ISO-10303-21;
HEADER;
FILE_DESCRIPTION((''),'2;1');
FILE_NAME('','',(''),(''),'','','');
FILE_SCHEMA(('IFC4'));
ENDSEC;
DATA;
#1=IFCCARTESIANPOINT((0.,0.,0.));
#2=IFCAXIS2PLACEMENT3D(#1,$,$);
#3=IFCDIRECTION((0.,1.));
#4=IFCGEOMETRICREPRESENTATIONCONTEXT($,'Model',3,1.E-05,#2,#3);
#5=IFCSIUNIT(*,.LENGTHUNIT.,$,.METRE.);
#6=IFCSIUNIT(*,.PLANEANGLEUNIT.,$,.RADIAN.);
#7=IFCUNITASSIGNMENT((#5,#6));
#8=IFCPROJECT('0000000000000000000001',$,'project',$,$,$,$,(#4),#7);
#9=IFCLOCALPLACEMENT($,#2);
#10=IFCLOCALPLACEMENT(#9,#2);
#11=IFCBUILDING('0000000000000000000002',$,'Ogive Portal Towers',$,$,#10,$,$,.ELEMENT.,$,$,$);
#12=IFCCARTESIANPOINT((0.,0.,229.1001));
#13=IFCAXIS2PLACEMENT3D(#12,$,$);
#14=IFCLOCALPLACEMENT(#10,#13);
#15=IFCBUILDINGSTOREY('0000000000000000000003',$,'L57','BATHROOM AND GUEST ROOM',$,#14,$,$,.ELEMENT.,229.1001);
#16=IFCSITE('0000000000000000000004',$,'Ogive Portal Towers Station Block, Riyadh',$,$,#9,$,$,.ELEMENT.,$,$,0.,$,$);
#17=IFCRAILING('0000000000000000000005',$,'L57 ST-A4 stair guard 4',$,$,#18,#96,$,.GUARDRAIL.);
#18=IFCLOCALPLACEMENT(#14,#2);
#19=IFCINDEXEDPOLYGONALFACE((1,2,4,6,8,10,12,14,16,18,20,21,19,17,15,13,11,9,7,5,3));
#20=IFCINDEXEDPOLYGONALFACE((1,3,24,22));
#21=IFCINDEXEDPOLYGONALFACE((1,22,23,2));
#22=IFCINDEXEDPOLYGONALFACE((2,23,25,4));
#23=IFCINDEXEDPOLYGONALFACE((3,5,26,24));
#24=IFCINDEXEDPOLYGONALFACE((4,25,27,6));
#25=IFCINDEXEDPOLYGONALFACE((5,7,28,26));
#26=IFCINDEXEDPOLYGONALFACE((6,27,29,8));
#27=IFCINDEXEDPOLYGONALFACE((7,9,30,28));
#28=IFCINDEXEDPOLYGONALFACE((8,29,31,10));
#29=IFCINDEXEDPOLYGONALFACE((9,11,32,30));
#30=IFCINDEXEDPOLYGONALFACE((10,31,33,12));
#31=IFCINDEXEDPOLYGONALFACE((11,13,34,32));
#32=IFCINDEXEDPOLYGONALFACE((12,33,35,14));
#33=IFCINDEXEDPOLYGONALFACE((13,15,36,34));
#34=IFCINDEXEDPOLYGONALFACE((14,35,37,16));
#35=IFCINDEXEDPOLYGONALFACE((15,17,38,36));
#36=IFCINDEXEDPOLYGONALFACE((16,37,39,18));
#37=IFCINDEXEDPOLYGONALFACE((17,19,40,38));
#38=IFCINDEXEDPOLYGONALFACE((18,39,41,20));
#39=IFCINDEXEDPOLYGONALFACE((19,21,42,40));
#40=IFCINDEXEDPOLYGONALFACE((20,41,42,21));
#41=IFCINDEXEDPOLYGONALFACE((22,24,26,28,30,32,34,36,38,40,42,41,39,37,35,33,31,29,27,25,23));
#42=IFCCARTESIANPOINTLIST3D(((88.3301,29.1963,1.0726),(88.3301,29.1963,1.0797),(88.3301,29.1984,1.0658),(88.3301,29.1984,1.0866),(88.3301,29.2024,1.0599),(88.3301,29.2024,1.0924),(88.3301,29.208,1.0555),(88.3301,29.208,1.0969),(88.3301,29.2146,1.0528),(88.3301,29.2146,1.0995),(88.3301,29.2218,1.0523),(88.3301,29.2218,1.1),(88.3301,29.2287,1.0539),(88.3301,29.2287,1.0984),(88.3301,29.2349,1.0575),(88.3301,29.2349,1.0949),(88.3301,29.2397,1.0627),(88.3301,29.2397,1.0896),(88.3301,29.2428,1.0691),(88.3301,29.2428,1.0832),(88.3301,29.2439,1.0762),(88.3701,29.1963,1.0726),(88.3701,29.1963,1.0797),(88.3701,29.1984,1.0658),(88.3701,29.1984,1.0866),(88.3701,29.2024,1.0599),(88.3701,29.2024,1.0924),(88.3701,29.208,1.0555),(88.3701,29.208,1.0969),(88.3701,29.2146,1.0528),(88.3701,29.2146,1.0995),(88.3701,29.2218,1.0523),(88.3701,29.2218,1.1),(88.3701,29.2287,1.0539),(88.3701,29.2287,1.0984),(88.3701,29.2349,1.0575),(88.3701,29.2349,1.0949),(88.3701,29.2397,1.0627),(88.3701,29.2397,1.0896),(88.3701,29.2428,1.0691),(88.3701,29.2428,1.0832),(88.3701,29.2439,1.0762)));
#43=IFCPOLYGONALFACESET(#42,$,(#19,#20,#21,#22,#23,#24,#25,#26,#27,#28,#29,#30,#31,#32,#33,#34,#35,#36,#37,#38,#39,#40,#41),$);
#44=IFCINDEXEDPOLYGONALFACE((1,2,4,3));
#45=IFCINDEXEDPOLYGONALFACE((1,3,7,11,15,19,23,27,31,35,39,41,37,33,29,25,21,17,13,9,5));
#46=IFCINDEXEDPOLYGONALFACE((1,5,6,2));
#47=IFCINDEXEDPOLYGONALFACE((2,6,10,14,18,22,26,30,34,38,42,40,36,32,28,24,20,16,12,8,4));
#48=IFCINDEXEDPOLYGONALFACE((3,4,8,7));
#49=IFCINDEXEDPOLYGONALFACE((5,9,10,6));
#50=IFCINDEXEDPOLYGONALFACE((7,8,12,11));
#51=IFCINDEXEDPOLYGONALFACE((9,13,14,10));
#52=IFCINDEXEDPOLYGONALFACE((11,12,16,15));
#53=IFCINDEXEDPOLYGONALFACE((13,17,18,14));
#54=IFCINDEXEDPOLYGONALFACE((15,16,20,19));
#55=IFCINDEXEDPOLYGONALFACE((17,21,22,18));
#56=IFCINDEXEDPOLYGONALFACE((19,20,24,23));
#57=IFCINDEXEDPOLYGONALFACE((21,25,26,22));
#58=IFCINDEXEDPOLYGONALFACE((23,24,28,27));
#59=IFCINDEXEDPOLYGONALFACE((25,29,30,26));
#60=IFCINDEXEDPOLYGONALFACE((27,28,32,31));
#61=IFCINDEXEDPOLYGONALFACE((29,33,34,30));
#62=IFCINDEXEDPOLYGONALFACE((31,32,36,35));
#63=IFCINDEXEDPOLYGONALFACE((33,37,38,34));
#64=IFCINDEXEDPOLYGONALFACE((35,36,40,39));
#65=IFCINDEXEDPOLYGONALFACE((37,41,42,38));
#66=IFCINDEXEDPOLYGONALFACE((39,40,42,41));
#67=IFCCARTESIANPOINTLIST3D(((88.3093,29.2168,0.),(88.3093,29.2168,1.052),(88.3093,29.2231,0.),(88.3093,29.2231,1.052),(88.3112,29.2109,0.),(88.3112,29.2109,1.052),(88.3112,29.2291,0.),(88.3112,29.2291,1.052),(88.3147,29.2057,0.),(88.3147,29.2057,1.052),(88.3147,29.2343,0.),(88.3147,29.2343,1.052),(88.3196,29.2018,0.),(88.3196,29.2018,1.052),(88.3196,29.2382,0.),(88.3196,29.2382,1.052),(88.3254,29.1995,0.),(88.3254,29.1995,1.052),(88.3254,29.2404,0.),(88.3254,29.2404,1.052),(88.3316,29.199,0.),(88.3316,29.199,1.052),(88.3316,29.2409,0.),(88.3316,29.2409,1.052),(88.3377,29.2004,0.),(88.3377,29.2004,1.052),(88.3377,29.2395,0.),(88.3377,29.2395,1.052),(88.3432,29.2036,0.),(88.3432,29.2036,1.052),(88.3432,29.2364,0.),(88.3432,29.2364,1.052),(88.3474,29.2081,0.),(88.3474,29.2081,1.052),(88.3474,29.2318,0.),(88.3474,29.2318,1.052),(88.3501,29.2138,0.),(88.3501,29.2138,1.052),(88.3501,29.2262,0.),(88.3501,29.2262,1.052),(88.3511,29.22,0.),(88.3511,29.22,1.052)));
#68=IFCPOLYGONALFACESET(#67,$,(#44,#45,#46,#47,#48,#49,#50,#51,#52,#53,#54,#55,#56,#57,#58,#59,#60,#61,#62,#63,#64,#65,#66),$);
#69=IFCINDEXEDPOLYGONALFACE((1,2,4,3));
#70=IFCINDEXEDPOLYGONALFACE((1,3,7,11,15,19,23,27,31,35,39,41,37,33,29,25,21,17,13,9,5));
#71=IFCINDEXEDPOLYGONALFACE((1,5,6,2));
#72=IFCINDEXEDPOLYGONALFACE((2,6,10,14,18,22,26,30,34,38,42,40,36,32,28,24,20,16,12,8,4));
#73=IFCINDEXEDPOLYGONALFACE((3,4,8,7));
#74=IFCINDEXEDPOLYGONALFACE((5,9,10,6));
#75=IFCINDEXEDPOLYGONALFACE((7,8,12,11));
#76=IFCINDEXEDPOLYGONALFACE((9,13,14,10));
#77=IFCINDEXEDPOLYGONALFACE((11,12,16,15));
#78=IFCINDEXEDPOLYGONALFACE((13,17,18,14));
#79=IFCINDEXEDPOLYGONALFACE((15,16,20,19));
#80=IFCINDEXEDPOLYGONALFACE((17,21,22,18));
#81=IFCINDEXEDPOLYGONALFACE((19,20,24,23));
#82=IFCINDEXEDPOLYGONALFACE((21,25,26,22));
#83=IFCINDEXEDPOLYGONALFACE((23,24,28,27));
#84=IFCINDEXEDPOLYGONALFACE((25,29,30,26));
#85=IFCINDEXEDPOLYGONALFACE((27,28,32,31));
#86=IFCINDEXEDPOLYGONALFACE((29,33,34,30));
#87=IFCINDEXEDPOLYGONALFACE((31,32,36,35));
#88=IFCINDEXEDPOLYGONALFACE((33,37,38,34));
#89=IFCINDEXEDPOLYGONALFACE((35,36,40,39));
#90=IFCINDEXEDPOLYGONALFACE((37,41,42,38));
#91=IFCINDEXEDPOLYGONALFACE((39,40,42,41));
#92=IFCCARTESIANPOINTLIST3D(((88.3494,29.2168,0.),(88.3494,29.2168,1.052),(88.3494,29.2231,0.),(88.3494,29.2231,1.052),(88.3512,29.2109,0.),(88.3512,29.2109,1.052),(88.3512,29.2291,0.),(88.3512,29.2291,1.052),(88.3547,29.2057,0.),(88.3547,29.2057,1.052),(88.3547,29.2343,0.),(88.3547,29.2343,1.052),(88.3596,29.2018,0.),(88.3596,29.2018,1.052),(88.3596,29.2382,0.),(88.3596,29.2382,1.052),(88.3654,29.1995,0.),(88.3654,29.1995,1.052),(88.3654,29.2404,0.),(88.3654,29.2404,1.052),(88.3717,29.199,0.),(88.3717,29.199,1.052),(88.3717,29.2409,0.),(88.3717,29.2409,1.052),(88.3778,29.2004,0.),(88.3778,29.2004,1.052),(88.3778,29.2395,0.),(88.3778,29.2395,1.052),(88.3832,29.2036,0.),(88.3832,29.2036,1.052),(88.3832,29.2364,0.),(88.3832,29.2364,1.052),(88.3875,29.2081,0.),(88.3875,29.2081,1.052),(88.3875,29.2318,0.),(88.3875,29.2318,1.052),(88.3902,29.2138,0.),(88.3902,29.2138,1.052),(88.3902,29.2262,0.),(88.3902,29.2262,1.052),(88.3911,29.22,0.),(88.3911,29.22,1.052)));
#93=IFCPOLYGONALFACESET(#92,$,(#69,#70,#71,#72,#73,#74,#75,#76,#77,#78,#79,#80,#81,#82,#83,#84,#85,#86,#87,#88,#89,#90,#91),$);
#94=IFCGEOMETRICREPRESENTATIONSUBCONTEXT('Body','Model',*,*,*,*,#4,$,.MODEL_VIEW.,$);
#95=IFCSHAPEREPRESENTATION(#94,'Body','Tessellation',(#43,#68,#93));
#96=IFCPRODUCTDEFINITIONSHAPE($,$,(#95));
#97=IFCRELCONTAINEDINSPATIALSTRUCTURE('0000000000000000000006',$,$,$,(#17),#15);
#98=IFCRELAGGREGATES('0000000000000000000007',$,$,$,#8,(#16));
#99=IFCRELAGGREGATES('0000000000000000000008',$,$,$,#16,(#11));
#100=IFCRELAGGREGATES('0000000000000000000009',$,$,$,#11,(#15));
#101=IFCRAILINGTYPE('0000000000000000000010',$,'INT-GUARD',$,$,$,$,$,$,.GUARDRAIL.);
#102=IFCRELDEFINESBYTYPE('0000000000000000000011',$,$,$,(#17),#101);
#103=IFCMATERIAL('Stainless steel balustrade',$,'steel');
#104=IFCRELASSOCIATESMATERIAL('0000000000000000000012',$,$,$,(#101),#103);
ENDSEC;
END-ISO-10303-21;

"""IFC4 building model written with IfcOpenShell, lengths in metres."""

from ifc_helpers import new_model, si_unit, direction, frame, origin, origin_2d, place, context, subcontext, project, spatial, circle, extrude, material, type_object, element, save


model = new_model("IFC4")

# Units and contexts
model_context = context("Model", 3, precision=1e-05, world=origin(), true_north=direction((0.0, 1.0)))
body_context = subcontext(model_context, "Body", "Model", "MODEL_VIEW")
ifc_project = project(units=[si_unit("LENGTHUNIT", "METRE"), si_unit("PLANEANGLEUNIT", "RADIAN")], contexts=[model_context])

# Site, building, storey
site_placement = place(None, origin())
site = spatial("IfcSite", under=ifc_project, at=site_placement, Name="Ogive Portal Towers Station Block, Riyadh", CompositionType="ELEMENT", RefElevation=0.0)
building_placement = place(site_placement, origin())
building = spatial("IfcBuilding", under=site, at=building_placement, Name="Ogive Portal Towers", CompositionType="ELEMENT")
storey_placement = place(building_placement, frame((0.0, 0.0, 229.1001)))
storey = spatial("IfcBuildingStorey", under=building, at=storey_placement, Name="L57", Description="BATHROOM AND GUEST ROOM", CompositionType="ELEMENT", Elevation=229.1001)

# Railing
ifc_material_1 = material(Name="Stainless steel balustrade", Category="steel")
railing_type_1 = type_object("IfcRailingType", Name="INT-GUARD", PredefinedType="GUARDRAIL", material=ifc_material_1)
railing_1_placement = place(storey_placement, frame((88.3301, 29.22, 0.0)))
element("IfcRailing", 1, at=railing_1_placement, inside=storey, type_object=railing_type_1, Name="L57 ST-A4 stair guard 4", PredefinedType="GUARDRAIL", context=body_context, shape_type="SweptSolid", body=[
    extrude(circle(Radius=0.0239, at=origin_2d()), frame((0.0, 0.0, 1.0762), z_axis=(1.0, 0.0, 0.0), x_axis=(0.0, 1.0, 0.0)), (0.0, 0.0, 1.0), 0.04),
    extrude(circle(Radius=0.021, at=origin_2d()), origin(), (0.0, 0.0, 1.0), 1.052),
    extrude(circle(Radius=0.021, at=origin_2d()), frame((0.04, 0.0, 0.0)), (0.0, 0.0, 1.0), 1.052),
])

save(model, "model.ifc")
